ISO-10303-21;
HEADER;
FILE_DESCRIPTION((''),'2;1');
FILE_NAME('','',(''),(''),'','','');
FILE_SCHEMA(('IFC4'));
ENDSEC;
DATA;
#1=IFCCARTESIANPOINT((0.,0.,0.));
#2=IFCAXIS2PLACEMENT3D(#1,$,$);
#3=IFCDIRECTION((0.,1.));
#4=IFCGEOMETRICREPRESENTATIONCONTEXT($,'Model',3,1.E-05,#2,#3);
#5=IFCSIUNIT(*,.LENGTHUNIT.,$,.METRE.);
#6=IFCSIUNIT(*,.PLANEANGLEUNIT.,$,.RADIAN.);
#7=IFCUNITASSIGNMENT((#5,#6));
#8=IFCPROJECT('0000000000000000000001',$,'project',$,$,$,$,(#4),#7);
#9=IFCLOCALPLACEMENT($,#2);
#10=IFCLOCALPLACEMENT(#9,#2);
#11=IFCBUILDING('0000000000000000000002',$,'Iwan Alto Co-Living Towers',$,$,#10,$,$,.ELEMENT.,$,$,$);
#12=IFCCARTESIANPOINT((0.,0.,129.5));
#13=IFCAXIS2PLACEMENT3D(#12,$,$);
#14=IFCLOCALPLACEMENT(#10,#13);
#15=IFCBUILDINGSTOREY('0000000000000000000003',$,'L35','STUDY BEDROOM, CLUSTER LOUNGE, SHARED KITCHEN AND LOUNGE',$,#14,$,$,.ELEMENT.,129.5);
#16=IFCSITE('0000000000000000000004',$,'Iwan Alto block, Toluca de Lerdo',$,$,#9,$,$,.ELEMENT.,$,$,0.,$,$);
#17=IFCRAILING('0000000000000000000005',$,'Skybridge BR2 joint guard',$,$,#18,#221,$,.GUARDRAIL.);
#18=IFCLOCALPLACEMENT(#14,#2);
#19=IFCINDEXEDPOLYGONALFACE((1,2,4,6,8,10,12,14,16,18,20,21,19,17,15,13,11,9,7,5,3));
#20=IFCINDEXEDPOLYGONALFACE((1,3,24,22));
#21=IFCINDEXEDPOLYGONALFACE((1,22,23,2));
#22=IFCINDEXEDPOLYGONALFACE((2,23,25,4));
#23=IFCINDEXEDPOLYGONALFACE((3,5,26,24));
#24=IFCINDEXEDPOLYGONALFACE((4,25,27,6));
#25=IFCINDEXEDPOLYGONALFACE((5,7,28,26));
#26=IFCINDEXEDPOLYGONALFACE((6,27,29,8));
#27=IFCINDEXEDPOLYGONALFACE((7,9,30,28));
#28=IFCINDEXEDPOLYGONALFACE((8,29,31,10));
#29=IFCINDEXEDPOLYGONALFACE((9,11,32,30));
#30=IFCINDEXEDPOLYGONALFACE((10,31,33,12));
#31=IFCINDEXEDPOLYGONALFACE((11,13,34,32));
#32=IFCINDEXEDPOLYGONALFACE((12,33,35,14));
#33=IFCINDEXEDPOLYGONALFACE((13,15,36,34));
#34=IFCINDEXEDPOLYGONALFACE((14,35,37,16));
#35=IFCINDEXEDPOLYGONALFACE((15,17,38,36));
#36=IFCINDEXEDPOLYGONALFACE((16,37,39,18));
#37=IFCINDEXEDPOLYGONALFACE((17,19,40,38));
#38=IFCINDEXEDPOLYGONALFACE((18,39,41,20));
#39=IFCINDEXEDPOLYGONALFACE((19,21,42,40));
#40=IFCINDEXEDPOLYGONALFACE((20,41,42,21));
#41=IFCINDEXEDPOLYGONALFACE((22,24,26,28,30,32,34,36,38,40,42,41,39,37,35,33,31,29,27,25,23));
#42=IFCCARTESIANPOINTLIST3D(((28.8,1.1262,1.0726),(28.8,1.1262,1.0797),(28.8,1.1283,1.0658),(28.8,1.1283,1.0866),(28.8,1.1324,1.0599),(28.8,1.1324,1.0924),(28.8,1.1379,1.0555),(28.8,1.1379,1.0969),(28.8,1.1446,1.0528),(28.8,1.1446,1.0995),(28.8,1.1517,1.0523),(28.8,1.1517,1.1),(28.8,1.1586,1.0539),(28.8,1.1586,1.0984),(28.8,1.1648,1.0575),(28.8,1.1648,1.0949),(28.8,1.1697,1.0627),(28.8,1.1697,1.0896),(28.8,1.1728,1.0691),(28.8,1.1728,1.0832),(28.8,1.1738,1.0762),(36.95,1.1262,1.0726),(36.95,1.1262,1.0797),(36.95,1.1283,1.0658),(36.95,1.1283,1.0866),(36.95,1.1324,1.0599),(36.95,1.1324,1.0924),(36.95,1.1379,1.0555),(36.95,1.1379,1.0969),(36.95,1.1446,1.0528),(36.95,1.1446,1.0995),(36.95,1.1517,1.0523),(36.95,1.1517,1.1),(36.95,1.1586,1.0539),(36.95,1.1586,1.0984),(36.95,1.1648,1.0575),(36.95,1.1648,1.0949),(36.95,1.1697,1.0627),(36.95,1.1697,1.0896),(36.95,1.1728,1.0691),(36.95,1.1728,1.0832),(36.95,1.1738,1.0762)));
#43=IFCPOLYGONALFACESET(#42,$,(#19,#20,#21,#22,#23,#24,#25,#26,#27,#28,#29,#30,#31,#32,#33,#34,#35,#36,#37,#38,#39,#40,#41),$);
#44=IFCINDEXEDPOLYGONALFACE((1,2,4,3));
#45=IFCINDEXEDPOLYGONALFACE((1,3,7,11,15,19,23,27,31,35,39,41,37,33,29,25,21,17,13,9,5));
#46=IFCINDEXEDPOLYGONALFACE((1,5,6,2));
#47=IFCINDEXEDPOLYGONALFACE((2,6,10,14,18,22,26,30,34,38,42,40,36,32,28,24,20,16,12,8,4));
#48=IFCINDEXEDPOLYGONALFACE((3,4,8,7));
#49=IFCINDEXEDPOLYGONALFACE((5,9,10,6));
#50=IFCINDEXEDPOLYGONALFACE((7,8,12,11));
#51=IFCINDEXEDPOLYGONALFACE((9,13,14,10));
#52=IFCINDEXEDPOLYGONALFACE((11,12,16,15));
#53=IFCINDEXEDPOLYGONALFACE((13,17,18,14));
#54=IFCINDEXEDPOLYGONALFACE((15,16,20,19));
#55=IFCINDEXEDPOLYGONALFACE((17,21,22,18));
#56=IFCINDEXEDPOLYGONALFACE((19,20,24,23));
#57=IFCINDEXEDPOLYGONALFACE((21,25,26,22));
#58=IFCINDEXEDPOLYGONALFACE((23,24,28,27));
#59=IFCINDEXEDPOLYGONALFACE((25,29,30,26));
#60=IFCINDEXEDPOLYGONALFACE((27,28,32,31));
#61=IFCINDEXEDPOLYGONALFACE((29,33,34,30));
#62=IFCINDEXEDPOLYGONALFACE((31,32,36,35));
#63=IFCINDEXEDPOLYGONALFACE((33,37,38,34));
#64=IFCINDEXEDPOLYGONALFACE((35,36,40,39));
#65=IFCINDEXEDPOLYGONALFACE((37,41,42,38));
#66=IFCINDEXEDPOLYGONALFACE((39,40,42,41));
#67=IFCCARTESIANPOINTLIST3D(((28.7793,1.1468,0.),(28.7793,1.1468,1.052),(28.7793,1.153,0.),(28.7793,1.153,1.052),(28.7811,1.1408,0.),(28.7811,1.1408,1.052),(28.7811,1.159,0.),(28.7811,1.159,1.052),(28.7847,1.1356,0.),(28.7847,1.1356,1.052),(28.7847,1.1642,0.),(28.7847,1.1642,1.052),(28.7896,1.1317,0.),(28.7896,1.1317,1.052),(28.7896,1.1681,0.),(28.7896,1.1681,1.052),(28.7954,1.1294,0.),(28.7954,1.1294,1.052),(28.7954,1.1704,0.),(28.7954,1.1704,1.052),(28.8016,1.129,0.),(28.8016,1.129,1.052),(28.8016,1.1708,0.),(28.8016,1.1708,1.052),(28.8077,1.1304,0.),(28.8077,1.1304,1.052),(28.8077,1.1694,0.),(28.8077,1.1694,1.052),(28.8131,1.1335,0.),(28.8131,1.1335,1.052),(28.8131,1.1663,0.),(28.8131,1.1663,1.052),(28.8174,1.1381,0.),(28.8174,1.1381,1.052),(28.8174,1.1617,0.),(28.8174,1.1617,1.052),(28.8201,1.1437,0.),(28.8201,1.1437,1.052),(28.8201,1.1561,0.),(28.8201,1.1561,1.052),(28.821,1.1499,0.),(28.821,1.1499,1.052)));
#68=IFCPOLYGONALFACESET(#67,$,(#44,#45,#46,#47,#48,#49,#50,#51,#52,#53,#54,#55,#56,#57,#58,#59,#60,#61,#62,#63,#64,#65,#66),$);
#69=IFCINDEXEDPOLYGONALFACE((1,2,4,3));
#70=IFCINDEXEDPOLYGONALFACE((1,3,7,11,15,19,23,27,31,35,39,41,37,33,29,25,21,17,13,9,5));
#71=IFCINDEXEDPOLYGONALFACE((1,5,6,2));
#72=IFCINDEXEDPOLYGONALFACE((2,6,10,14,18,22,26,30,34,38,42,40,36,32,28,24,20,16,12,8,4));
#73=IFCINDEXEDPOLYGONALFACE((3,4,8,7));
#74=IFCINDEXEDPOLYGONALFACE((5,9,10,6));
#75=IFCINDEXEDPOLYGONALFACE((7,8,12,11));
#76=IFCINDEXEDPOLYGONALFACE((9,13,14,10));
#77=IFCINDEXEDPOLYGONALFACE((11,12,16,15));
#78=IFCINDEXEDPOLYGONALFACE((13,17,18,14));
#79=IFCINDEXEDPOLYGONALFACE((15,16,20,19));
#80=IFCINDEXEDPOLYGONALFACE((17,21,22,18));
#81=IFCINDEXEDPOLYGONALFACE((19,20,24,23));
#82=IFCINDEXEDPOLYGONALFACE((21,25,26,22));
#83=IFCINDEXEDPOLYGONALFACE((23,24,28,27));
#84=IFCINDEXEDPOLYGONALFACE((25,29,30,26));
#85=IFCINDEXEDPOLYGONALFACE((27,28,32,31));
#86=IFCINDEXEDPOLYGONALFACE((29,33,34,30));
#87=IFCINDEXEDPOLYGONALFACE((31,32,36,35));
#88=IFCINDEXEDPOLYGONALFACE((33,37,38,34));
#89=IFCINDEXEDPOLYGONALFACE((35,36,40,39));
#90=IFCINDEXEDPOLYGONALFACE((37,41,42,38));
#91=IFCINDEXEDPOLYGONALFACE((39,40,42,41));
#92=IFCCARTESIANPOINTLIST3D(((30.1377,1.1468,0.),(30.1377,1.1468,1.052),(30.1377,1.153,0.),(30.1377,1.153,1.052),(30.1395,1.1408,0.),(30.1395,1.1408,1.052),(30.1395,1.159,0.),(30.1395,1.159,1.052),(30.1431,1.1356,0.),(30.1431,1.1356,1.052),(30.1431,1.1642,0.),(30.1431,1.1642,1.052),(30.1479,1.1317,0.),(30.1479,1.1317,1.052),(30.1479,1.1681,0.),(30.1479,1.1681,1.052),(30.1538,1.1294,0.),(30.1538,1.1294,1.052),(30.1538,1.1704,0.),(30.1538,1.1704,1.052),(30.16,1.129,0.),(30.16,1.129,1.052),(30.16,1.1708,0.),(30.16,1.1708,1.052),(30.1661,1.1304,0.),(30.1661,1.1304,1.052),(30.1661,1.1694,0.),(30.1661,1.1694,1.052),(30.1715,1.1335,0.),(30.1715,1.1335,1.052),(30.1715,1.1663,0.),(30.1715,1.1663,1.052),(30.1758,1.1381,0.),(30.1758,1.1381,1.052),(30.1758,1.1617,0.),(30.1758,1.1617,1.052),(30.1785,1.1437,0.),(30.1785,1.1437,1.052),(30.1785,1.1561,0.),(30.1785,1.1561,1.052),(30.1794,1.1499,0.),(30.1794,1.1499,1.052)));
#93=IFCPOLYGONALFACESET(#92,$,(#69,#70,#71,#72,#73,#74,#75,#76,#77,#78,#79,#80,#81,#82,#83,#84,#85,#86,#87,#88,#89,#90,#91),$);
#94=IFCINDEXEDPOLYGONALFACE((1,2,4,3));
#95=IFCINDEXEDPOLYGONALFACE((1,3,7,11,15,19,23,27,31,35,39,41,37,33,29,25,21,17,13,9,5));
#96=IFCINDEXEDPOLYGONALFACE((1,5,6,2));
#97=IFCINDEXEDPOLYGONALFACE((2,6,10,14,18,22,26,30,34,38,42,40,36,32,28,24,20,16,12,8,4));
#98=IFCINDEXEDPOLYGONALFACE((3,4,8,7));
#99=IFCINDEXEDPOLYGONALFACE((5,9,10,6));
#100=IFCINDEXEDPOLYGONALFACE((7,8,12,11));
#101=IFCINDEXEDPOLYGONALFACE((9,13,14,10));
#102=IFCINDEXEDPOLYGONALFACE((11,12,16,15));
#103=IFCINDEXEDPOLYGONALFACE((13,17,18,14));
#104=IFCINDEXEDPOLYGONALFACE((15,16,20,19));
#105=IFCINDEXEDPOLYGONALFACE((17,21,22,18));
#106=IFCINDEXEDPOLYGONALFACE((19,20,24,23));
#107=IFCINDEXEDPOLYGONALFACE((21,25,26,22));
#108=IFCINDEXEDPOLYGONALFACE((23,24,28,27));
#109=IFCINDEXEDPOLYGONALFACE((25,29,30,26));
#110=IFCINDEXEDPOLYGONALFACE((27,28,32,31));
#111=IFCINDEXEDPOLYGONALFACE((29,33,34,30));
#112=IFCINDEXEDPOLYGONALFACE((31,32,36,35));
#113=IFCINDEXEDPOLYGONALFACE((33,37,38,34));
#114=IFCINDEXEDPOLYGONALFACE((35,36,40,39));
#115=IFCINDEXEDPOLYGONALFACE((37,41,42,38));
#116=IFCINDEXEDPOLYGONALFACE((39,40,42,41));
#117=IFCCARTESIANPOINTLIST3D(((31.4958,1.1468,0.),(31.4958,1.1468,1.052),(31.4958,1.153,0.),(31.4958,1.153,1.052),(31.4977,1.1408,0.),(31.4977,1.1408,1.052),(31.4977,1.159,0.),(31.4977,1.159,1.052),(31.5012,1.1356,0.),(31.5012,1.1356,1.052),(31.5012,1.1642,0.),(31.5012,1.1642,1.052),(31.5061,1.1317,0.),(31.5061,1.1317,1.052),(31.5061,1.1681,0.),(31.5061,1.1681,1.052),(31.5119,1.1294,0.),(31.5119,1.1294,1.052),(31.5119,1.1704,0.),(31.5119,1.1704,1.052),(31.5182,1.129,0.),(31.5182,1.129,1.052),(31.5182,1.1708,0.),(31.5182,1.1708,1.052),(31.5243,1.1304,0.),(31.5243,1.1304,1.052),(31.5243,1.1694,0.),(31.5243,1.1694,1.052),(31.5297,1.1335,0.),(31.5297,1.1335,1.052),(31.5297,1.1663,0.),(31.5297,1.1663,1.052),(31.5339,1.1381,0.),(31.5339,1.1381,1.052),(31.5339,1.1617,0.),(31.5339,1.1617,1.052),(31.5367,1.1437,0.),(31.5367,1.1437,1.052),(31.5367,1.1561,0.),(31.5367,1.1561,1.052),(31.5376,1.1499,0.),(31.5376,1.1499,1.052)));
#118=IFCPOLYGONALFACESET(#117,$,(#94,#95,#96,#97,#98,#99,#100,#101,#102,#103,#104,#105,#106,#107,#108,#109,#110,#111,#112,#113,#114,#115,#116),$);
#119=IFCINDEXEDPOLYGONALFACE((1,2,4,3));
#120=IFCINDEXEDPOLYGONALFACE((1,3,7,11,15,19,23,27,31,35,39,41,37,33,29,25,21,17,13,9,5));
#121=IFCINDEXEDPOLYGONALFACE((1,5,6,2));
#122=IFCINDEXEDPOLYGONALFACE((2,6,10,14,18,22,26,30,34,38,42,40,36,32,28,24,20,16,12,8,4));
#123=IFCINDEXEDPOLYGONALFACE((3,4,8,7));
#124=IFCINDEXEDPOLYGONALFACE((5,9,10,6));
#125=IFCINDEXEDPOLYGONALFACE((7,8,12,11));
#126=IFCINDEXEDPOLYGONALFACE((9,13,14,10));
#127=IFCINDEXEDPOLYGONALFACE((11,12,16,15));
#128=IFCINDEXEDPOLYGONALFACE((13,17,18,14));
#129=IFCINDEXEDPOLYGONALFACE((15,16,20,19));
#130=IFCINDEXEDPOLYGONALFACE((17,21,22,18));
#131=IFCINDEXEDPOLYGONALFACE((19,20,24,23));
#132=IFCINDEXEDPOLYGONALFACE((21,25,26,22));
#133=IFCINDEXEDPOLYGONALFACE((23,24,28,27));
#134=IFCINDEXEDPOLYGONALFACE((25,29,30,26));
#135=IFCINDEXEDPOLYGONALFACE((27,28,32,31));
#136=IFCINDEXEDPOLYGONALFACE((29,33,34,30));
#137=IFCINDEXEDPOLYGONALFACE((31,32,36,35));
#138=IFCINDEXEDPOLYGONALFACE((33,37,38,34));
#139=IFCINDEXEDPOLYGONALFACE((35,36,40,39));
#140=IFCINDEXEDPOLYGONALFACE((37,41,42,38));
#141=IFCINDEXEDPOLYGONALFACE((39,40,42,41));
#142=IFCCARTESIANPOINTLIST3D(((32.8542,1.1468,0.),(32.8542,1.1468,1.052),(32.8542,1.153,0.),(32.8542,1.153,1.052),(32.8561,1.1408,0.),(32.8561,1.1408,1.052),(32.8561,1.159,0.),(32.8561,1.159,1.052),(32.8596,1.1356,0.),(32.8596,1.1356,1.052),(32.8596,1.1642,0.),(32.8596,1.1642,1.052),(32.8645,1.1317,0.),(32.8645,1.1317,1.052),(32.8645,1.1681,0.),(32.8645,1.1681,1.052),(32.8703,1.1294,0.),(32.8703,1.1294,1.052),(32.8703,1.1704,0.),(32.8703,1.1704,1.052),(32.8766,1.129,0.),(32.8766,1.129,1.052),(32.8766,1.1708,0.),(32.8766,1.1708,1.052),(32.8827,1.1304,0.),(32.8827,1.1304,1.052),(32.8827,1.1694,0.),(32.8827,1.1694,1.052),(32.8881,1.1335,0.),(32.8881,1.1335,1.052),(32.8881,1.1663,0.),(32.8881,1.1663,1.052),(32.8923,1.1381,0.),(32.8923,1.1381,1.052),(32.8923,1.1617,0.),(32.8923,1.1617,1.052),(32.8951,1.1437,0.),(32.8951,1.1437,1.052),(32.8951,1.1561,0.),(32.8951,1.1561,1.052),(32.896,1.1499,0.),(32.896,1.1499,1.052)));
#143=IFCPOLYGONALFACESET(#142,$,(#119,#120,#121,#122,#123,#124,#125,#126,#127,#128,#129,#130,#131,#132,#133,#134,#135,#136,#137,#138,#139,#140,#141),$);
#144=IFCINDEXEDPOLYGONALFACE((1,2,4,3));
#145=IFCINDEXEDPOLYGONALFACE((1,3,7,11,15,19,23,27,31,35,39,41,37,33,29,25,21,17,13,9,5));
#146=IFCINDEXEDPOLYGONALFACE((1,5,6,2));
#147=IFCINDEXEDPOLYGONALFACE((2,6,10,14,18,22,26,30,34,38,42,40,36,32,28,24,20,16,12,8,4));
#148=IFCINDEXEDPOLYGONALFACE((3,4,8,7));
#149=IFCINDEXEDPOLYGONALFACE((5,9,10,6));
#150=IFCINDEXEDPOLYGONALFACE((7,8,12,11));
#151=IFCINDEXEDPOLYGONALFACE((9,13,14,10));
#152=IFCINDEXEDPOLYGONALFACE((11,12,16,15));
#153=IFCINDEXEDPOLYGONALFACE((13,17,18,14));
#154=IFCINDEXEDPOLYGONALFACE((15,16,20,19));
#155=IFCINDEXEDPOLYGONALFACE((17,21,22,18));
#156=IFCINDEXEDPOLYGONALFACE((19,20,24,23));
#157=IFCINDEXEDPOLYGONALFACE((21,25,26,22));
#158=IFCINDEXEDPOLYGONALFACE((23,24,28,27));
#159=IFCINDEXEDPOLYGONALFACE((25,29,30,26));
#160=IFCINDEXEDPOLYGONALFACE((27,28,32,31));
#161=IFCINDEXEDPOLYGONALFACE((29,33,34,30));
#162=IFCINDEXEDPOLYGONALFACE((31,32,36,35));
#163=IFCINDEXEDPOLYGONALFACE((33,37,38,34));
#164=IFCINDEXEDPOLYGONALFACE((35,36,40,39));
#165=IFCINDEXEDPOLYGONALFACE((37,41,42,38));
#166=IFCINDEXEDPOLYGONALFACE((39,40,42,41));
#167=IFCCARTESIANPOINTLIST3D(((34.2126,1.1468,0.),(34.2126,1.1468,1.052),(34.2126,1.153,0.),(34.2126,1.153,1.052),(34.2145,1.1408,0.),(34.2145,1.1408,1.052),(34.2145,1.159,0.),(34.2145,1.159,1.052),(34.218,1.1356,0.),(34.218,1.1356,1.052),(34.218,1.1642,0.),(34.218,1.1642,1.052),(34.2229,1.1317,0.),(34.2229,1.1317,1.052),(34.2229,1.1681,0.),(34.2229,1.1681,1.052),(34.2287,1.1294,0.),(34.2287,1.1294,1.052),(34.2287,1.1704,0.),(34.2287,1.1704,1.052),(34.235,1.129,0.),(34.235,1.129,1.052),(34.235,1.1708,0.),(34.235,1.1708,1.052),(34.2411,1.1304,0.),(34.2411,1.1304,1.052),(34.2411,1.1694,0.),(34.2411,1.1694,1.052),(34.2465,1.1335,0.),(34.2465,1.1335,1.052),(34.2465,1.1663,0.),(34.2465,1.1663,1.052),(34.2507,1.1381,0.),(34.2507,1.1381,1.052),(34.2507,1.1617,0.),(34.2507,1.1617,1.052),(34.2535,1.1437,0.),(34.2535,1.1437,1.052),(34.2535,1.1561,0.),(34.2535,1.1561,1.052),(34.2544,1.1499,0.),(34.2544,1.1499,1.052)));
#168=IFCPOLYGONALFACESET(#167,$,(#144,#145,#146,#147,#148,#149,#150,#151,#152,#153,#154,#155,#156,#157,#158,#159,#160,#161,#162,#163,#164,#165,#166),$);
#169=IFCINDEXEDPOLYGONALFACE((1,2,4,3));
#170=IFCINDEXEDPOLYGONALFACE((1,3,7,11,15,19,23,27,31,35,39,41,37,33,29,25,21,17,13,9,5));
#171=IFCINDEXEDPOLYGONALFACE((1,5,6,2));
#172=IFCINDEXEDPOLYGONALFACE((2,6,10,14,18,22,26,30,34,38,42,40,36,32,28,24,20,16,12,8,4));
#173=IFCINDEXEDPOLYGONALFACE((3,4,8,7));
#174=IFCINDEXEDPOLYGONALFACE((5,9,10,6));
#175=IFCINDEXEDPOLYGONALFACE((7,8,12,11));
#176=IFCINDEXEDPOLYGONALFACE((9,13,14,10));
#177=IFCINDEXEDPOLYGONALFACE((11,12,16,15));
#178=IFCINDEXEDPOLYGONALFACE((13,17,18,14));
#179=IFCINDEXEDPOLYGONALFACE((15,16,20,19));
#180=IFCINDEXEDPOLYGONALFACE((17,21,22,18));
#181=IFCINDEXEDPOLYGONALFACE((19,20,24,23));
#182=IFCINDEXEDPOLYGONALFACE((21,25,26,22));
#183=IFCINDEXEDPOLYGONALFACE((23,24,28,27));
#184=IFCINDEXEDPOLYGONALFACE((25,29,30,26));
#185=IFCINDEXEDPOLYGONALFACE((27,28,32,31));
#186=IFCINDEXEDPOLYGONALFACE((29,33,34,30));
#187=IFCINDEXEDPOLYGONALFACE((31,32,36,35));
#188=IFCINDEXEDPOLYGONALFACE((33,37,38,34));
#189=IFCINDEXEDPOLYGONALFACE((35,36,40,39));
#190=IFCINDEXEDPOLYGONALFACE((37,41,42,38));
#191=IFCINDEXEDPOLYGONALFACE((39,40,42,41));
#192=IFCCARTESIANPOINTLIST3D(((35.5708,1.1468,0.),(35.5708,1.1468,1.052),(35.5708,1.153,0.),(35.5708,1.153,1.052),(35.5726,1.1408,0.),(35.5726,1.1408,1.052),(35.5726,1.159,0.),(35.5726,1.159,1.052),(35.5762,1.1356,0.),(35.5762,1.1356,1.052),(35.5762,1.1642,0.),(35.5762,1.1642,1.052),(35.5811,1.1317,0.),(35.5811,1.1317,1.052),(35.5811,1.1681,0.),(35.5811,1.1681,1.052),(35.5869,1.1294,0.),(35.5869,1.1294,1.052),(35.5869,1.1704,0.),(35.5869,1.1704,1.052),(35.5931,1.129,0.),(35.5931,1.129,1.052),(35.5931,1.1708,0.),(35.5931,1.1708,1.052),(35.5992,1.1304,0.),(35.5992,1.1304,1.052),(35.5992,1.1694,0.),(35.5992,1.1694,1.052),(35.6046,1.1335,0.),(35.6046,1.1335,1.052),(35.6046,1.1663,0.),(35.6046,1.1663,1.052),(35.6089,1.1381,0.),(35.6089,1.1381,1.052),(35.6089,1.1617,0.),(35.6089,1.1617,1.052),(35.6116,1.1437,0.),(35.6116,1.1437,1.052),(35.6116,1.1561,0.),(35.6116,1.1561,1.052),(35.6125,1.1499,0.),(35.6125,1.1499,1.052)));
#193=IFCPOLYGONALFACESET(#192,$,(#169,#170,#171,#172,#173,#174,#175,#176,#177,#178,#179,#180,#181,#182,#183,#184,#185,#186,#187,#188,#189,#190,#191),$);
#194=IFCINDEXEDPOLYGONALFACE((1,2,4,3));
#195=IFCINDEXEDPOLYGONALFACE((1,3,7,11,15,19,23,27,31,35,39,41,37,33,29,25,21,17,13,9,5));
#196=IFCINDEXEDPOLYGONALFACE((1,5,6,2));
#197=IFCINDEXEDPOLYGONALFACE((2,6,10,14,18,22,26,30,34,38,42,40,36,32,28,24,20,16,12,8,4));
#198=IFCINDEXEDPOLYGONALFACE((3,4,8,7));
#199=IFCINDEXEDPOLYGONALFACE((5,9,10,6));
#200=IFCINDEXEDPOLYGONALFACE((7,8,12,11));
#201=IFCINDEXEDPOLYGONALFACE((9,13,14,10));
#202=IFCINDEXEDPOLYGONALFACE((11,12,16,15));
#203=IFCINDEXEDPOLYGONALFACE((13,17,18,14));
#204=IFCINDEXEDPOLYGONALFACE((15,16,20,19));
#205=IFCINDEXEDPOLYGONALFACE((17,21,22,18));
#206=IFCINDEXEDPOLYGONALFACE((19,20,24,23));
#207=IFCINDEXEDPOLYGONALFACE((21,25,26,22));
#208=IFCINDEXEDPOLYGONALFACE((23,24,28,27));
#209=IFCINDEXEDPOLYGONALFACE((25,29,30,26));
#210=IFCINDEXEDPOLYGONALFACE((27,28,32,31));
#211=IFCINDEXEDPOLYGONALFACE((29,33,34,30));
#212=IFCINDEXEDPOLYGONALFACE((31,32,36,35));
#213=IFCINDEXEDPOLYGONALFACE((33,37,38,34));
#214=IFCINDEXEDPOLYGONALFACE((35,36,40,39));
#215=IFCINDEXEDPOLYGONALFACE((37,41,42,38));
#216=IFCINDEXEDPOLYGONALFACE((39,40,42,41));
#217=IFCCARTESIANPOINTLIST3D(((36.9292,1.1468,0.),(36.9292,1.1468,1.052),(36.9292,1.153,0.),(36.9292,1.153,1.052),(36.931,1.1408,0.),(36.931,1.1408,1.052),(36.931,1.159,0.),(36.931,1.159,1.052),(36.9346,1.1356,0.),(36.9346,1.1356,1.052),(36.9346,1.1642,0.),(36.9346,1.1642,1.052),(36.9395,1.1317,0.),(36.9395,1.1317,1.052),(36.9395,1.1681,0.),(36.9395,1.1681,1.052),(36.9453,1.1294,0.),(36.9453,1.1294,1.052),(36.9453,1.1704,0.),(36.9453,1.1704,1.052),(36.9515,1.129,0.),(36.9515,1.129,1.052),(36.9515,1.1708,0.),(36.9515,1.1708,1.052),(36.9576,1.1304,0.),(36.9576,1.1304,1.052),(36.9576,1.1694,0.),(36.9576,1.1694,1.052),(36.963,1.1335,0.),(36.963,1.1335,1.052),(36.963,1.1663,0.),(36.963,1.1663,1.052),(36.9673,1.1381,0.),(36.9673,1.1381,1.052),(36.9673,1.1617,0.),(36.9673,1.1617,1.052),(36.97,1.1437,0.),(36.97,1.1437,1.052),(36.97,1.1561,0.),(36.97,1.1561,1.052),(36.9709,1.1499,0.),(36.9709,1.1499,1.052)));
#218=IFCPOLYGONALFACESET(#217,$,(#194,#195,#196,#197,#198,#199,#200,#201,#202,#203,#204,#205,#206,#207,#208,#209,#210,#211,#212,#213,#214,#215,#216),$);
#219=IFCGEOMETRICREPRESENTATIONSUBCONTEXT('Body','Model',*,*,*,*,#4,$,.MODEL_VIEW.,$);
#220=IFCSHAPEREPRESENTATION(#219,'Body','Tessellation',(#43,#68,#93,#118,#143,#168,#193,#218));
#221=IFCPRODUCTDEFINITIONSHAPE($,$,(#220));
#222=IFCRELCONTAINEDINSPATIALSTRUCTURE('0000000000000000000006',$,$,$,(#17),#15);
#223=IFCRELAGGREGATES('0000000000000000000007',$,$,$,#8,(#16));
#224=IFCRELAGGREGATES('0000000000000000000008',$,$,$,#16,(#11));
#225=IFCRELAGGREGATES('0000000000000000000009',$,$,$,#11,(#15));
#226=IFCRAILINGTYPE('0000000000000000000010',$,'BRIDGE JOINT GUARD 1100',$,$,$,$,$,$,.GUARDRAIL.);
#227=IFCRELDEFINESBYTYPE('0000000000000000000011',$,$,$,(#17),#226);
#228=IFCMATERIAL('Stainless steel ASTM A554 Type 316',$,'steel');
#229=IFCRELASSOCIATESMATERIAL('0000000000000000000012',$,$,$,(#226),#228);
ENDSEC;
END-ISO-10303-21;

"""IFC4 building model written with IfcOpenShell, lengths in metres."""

from ifc_helpers import new_model, si_unit, direction, frame, origin, origin_2d, place, context, subcontext, project, spatial, circle, extrude, material, type_object, element, save


model = new_model("IFC4")

# Units and contexts
model_context = context("Model", 3, precision=1e-05, world=origin(), true_north=direction((0.0, 1.0)))
body_context = subcontext(model_context, "Body", "Model", "MODEL_VIEW")
ifc_project = project(units=[si_unit("LENGTHUNIT", "METRE"), si_unit("PLANEANGLEUNIT", "RADIAN")], contexts=[model_context])

# Site, building, storey
site_placement = place(None, origin())
site = spatial("IfcSite", under=ifc_project, at=site_placement, Name="Iwan Alto block, Toluca de Lerdo", CompositionType="ELEMENT", RefElevation=0.0)
building_placement = place(site_placement, origin())
building = spatial("IfcBuilding", under=site, at=building_placement, Name="Iwan Alto Co-Living Towers", CompositionType="ELEMENT")
storey_placement = place(building_placement, frame((0.0, 0.0, 129.5)))
storey = spatial("IfcBuildingStorey", under=building, at=storey_placement, Name="L35", Description="STUDY BEDROOM, CLUSTER LOUNGE, SHARED KITCHEN AND LOUNGE", CompositionType="ELEMENT", Elevation=129.5)

# Railing
ifc_material_1 = material(Name="Stainless steel ASTM A554 Type 316", Category="steel")
railing_type = type_object("IfcRailingType", Name="BRIDGE JOINT GUARD 1100", PredefinedType="GUARDRAIL", material=ifc_material_1)
railing_1_placement = place(storey_placement, frame((28.8, 1.1499, 0.0)))
element("IfcRailing", 1, at=railing_1_placement, inside=storey, type_object=railing_type, Name="Skybridge BR2 joint guard", PredefinedType="GUARDRAIL", context=body_context, shape_type="SweptSolid", body=[
    extrude(circle(Radius=0.0239, at=origin_2d()), frame((0.0, 0.0, 1.0762), z_axis=(1.0, 0.0, 0.0), x_axis=(0.0, 1.0, 0.0)), (0.0, 0.0, 1.0), 8.1499),
    extrude(circle(Radius=0.021, at=origin_2d()), origin(), (0.0, 0.0, 1.0), 1.052),
    extrude(circle(Radius=0.021, at=origin_2d()), frame((1.3584, 0.0, 0.0)), (0.0, 0.0, 1.0), 1.052),
    extrude(circle(Radius=0.021, at=origin_2d()), frame((2.7166, 0.0, 0.0)), (0.0, 0.0, 1.0), 1.052),
    extrude(circle(Radius=0.021, at=origin_2d()), frame((4.075, 0.0, 0.0)), (0.0, 0.0, 1.0), 1.052),
    extrude(circle(Radius=0.021, at=origin_2d()), frame((5.4333, 0.0, 0.0)), (0.0, 0.0, 1.0), 1.052),
    extrude(circle(Radius=0.021, at=origin_2d()), frame((6.7915, 0.0, 0.0)), (0.0, 0.0, 1.0), 1.052),
    extrude(circle(Radius=0.021, at=origin_2d()), frame((8.1499, 0.0, 0.0)), (0.0, 0.0, 1.0), 1.052),
])

save(model, "model.ifc")
